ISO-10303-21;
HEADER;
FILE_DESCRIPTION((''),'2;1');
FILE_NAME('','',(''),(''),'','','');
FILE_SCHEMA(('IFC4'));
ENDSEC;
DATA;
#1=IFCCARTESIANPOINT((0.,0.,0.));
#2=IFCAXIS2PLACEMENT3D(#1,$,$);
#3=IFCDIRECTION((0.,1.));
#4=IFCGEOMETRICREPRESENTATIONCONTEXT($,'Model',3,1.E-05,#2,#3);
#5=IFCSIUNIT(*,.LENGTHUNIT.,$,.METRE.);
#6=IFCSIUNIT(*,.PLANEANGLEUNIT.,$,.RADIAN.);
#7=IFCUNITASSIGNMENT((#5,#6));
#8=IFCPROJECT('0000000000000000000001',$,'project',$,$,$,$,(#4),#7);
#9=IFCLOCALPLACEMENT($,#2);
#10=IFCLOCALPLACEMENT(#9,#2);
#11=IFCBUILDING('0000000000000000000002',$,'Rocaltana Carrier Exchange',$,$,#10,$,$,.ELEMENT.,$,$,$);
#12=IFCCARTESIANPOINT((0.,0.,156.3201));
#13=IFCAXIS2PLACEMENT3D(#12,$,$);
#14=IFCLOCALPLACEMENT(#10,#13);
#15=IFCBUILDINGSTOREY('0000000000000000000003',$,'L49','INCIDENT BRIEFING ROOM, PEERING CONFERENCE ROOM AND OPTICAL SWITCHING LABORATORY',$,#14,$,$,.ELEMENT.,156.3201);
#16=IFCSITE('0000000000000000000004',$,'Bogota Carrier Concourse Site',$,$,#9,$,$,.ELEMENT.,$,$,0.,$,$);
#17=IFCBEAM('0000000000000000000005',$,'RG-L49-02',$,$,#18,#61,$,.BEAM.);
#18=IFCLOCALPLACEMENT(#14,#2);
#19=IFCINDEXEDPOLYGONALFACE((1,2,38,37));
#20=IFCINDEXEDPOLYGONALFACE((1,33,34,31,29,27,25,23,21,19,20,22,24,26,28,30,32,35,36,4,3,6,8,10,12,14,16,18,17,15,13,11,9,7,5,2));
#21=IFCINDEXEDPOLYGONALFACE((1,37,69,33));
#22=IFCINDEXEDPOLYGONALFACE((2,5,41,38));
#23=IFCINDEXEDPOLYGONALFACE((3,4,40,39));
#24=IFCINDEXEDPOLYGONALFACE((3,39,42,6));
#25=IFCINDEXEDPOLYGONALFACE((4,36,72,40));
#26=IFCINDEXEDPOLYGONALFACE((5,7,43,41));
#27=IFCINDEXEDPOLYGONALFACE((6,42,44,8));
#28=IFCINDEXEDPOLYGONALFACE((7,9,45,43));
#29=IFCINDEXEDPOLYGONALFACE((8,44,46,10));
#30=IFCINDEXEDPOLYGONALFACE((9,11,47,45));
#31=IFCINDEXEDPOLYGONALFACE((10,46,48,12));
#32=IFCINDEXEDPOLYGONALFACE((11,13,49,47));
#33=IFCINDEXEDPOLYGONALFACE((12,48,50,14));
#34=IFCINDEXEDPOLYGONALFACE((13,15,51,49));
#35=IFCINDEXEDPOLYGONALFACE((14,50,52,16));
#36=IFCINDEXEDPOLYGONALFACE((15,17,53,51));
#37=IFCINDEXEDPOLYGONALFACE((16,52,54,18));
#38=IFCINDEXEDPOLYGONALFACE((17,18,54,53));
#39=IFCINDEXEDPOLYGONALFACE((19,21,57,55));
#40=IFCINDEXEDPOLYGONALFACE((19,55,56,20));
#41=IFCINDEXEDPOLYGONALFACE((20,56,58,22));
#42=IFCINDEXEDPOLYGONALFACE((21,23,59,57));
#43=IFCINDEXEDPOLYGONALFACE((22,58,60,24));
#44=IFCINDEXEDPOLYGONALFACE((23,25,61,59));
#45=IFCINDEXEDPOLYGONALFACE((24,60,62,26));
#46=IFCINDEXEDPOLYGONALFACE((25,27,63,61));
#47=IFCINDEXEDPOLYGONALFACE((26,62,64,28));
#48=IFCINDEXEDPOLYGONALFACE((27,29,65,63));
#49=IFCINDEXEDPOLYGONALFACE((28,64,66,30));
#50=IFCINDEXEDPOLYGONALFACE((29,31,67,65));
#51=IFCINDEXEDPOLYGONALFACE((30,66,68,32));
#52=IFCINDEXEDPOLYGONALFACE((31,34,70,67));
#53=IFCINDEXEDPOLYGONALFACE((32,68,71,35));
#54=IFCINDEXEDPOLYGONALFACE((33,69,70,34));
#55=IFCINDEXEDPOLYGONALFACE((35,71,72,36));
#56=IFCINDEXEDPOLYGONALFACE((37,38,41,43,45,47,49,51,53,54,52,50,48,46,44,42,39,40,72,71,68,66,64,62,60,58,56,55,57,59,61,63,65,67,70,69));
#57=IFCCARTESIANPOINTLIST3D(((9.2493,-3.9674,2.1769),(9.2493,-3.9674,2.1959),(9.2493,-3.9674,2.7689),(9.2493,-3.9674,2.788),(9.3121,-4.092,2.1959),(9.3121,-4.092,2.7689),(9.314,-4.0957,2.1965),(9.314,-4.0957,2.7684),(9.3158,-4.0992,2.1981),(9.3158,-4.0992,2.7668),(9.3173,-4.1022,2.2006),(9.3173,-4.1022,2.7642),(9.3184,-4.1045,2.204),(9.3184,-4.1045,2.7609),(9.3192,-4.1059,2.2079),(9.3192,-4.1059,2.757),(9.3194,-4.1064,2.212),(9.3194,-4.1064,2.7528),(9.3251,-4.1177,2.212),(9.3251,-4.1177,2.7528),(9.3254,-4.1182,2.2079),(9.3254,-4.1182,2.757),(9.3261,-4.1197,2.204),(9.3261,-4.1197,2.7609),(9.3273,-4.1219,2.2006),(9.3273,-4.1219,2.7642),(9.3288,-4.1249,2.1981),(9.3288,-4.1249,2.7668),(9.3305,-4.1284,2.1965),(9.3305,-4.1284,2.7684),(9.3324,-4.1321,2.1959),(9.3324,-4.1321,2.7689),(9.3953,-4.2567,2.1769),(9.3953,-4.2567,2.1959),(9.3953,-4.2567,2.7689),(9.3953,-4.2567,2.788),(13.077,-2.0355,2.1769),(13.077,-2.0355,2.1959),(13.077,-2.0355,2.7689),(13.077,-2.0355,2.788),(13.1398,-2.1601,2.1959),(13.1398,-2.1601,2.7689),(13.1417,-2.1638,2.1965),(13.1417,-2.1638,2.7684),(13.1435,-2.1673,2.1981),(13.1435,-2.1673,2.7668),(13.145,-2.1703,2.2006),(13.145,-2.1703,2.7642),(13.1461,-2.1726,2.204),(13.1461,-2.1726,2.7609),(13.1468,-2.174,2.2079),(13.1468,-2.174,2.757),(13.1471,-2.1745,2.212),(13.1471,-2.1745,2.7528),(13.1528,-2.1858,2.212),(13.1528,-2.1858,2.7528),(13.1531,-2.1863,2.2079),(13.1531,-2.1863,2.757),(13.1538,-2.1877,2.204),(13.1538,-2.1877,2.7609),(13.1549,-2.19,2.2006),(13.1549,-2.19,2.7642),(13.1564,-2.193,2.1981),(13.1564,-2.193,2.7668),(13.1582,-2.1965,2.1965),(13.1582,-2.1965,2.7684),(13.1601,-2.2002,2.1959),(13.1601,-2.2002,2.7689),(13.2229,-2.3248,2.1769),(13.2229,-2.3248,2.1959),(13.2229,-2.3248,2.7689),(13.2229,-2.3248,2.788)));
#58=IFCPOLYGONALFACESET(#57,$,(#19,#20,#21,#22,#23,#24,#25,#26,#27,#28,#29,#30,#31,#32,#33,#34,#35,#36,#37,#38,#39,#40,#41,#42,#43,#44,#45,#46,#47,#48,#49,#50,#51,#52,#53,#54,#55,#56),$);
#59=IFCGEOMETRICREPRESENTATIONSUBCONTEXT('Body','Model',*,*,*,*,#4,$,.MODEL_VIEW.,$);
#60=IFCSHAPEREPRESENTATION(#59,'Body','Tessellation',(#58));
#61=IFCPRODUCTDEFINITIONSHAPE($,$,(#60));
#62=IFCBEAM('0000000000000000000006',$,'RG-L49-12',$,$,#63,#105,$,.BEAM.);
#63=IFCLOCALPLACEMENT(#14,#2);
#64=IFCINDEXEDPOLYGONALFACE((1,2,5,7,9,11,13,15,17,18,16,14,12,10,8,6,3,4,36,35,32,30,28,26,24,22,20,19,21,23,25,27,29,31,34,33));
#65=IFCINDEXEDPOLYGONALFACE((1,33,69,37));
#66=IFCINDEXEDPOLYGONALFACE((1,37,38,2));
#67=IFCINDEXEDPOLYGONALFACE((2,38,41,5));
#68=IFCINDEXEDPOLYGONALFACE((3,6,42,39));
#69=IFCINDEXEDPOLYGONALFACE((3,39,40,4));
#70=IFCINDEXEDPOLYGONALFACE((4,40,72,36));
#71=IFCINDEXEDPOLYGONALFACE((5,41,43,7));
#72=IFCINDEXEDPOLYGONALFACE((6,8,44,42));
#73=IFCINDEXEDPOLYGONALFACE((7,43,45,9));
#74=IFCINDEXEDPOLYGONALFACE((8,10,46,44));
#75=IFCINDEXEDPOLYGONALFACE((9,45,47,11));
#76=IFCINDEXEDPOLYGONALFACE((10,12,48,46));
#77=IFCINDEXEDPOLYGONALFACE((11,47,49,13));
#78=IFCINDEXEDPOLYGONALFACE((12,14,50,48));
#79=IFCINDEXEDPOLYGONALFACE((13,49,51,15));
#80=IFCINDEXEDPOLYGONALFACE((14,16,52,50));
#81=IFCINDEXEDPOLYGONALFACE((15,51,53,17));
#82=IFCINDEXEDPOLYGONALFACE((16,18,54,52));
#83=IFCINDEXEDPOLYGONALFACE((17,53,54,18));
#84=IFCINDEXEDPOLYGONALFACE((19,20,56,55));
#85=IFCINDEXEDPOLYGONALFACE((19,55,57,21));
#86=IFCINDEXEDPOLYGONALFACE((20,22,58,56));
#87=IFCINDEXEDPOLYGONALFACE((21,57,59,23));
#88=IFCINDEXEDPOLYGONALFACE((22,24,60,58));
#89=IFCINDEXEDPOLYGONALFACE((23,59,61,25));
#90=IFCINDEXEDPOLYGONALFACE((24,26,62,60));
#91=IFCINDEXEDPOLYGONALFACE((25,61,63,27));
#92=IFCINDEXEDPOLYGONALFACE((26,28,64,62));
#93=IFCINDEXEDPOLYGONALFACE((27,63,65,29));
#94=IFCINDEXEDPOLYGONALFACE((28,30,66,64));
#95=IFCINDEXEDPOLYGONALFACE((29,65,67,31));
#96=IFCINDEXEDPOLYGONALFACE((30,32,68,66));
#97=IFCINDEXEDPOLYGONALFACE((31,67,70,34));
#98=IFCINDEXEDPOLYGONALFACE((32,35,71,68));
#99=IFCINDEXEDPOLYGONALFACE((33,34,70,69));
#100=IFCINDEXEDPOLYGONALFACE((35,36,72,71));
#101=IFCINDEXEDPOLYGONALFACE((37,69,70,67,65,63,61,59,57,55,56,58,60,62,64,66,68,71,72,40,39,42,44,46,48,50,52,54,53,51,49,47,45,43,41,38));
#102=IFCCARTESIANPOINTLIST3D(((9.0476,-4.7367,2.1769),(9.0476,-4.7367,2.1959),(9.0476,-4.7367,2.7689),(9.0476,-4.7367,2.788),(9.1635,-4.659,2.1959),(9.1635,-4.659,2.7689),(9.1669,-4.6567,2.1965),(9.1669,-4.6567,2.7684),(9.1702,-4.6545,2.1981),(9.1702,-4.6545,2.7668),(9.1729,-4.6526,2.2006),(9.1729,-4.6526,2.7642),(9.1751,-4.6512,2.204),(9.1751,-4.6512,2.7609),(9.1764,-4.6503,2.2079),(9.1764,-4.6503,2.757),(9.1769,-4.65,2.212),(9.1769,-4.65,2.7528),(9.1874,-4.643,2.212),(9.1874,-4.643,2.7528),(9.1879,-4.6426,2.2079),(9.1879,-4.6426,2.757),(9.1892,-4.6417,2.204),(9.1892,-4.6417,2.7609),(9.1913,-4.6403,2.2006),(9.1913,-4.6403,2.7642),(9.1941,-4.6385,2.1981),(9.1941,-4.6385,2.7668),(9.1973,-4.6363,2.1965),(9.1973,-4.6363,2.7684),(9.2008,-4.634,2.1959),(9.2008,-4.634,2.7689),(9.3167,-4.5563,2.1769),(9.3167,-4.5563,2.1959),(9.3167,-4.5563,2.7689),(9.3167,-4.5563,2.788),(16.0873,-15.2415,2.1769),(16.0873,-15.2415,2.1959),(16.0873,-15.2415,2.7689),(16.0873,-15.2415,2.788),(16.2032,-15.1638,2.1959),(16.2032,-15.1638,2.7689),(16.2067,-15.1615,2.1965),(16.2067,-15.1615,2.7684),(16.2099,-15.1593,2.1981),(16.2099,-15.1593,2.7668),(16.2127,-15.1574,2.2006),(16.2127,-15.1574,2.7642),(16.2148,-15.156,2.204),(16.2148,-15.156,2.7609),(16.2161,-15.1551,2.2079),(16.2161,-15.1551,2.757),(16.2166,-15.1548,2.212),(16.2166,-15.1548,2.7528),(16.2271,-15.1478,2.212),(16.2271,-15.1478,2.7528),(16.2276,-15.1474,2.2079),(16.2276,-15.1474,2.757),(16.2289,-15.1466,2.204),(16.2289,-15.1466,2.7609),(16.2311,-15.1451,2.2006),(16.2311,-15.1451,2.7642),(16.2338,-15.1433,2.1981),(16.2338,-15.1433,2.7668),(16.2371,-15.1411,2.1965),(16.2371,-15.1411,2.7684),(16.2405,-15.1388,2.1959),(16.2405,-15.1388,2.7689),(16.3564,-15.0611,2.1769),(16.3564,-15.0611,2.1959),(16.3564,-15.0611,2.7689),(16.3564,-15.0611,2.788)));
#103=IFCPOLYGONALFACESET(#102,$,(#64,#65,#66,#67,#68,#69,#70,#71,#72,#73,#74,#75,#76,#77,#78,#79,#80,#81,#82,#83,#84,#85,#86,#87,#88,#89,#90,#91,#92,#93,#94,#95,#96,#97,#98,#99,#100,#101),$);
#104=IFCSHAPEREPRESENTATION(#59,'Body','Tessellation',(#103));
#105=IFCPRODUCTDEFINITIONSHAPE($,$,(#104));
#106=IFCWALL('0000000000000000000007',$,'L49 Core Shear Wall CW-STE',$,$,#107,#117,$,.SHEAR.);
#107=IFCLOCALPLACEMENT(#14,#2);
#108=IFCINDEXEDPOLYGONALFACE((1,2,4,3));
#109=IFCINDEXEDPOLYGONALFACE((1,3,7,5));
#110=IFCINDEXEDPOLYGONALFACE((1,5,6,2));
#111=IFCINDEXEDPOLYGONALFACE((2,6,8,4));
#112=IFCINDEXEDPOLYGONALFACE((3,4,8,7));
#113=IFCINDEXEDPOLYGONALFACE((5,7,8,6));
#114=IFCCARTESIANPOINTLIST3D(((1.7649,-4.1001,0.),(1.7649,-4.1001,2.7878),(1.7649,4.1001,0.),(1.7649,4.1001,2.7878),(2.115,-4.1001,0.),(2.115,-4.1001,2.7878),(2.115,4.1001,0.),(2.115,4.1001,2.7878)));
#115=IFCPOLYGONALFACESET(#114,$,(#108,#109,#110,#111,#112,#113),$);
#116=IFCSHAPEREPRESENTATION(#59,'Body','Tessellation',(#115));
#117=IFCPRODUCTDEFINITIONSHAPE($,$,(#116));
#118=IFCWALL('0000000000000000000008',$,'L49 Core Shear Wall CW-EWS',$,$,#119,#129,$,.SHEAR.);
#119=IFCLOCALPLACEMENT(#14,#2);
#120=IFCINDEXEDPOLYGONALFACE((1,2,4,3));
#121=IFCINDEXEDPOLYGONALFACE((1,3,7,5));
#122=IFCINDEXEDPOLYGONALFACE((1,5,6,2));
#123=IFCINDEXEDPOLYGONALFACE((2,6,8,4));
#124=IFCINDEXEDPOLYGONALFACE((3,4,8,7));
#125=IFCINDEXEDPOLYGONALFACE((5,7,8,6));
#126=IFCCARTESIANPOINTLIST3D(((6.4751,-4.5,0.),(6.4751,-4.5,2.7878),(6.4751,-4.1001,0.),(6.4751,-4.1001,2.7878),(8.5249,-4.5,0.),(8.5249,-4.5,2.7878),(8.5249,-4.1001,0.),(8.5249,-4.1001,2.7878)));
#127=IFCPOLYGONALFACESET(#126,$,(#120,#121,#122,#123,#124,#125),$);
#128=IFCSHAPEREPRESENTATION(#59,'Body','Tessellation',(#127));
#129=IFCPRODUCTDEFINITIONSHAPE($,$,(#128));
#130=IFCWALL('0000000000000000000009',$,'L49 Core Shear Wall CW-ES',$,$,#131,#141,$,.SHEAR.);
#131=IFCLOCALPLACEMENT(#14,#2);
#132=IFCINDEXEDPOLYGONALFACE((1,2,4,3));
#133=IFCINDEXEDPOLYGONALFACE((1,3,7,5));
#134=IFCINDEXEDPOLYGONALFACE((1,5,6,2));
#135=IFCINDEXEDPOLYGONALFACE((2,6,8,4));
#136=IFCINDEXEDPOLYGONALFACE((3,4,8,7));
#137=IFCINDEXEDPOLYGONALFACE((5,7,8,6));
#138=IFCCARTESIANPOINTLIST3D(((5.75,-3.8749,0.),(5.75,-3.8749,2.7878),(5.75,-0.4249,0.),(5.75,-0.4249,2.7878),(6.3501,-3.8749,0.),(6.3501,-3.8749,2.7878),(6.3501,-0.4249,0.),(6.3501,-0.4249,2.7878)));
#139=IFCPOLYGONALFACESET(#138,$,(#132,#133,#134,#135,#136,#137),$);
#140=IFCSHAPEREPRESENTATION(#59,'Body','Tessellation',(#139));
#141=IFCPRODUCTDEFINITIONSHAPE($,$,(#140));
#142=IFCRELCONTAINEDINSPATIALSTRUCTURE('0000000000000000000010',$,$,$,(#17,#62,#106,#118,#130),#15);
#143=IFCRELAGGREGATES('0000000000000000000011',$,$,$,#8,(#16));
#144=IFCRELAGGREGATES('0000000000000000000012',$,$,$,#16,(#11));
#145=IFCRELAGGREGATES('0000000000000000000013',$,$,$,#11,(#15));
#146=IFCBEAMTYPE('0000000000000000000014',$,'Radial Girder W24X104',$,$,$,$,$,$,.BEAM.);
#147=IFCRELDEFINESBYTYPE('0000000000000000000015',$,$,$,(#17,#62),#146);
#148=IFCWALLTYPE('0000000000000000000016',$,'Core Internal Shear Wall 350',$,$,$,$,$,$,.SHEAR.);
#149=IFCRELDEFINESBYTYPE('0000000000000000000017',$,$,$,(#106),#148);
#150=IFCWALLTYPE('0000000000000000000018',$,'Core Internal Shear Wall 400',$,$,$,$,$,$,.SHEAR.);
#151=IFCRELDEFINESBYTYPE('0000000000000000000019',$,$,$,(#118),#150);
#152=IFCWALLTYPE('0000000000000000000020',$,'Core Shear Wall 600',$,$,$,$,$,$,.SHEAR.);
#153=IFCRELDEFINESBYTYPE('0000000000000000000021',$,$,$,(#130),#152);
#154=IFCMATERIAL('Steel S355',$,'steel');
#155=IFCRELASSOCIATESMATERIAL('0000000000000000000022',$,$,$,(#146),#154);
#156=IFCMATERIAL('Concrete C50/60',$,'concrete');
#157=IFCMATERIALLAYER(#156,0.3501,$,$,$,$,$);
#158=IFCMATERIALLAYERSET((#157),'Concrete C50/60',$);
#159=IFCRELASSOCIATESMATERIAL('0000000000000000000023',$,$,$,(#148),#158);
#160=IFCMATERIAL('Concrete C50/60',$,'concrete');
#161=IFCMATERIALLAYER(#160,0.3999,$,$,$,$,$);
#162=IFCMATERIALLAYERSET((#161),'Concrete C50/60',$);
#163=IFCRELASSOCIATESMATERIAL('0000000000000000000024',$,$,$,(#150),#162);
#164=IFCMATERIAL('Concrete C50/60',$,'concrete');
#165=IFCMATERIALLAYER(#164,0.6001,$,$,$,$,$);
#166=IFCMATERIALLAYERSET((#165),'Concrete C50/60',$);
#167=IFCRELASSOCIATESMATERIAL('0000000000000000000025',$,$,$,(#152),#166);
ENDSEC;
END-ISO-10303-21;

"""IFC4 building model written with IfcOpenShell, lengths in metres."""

from ifc_helpers import new_model, si_unit, direction, frame, frame_2d, origin, origin_2d, place, context, subcontext, project, spatial, rectangle, i_section, extrude, material, layer, layer_set, material_profile, profile_set, type_object, element, save


model = new_model("IFC4")

# Units and contexts
model_context = context("Model", 3, precision=1e-05, world=origin(), true_north=direction((0.0, 1.0)))
body_context = subcontext(model_context, "Body", "Model", "MODEL_VIEW")
ifc_project = project(units=[si_unit("LENGTHUNIT", "METRE"), si_unit("PLANEANGLEUNIT", "RADIAN")], contexts=[model_context])

# Site, building, storey
site_placement = place(None, origin())
site = spatial("IfcSite", under=ifc_project, at=site_placement, Name="Bogota Carrier Concourse Site", CompositionType="ELEMENT", RefElevation=0.0)
building_placement = place(site_placement, origin())
building = spatial("IfcBuilding", under=site, at=building_placement, Name="Rocaltana Carrier Exchange", CompositionType="ELEMENT")
storey_placement = place(building_placement, frame((0.0, 0.0, 156.3201)))
storey = spatial("IfcBuildingStorey", under=building, at=storey_placement, Name="L49", Description="INCIDENT BRIEFING ROOM, PEERING CONFERENCE ROOM AND OPTICAL SWITCHING LABORATORY", CompositionType="ELEMENT", Elevation=156.3201)

# Beams
ifc_material_1 = material(Name="Steel S355", Category="steel")
ifc_material_profile_1 = material_profile(ifc_material_1, i_section(OverallWidth=0.324, OverallDepth=0.6111, WebThickness=0.0127, FlangeThickness=0.019, FilletRadius=0.0161, at=origin_2d()), Name="W24X104")
ifc_profile_set_1 = profile_set([ifc_material_profile_1], Name="Steel S355")
beam_type = type_object("IfcBeamType", Name="Radial Girder W24X104", PredefinedType="BEAM", material=ifc_profile_set_1)
beam_1_placement = place(storey_placement, frame((9.3223, -4.1121, 2.4824), z_axis=(0.892735, 0.450581, 0.0), x_axis=(-0.450581, 0.892735, 0.0)))
element("IfcBeam", 1, at=beam_1_placement, inside=storey, type_object=beam_type, Name="RG-L49-02", PredefinedType="BEAM", context=body_context, shape_type="SweptSolid", body=[
    extrude(i_section(OverallWidth=0.324, OverallDepth=0.6111, WebThickness=0.0127, FlangeThickness=0.019, FilletRadius=0.0161, at=origin_2d()), origin(), (0.0, 0.0, 1.0), 4.2876),
])
beam_2_placement = place(storey_placement, frame((9.1821, -4.6465, 2.4824), z_axis=(0.556699, -0.830714, 0.0), x_axis=(0.830714, 0.556699, 0.0)))
element("IfcBeam", 2, at=beam_2_placement, inside=storey, type_object=beam_type, Name="RG-L49-12", PredefinedType="BEAM", context=body_context, shape_type="SweptSolid", body=[
    extrude(i_section(OverallWidth=0.324, OverallDepth=0.6111, WebThickness=0.0127, FlangeThickness=0.019, FilletRadius=0.0161, at=origin_2d()), origin(), (0.0, 0.0, 1.0), 12.6455),
])

# Walls
ifc_material_2 = material(Name="Concrete C50/60", Category="concrete")
ifc_layer_1 = layer(ifc_material_2, 0.3501)
ifc_layer_set_1 = layer_set([ifc_layer_1], Name="Concrete C50/60")
wall_type_1 = type_object("IfcWallType", Name="Core Internal Shear Wall 350", PredefinedType="SHEAR", material=ifc_layer_set_1)
wall_1_placement = place(storey_placement, frame((1.9399, -4.1001, 0.0), z_axis=(0.0, 0.0, 1.0), x_axis=(0.0, 1.0, 0.0)))
element("IfcWall", 3, at=wall_1_placement, inside=storey, type_object=wall_type_1, Name="L49 Core Shear Wall CW-STE", PredefinedType="SHEAR", context=body_context, shape_type="SweptSolid", body=[
    extrude(rectangle(XDim=8.2002, YDim=0.3501, at=frame_2d((4.1001, 0.0))), origin(), (0.0, 0.0, 1.0), 2.7878),
])
ifc_material_3 = material(Name="Concrete C50/60", Category="concrete")
ifc_layer_2 = layer(ifc_material_3, 0.3999)
ifc_layer_set_2 = layer_set([ifc_layer_2], Name="Concrete C50/60")
wall_type_2 = type_object("IfcWallType", Name="Core Internal Shear Wall 400", PredefinedType="SHEAR", material=ifc_layer_set_2)
wall_2_placement = place(storey_placement, frame((6.4751, -4.3, 0.0), z_axis=(0.0, 0.0, 1.0), x_axis=(1.0, 0.0, 0.0)))
element("IfcWall", 4, at=wall_2_placement, inside=storey, type_object=wall_type_2, Name="L49 Core Shear Wall CW-EWS", PredefinedType="SHEAR", context=body_context, shape_type="SweptSolid", body=[
    extrude(rectangle(XDim=2.0498, YDim=0.3999, at=frame_2d((1.0249, 0.0))), origin(), (0.0, 0.0, 1.0), 2.7878),
])
ifc_material_4 = material(Name="Concrete C50/60", Category="concrete")
ifc_layer_3 = layer(ifc_material_4, 0.6001)
ifc_layer_set_3 = layer_set([ifc_layer_3], Name="Concrete C50/60")
wall_type_3 = type_object("IfcWallType", Name="Core Shear Wall 600", PredefinedType="SHEAR", material=ifc_layer_set_3)
wall_3_placement = place(storey_placement, frame((6.05, -3.875, 0.0), z_axis=(0.0, 0.0, 1.0), x_axis=(0.0, 1.0, 0.0)))
element("IfcWall", 5, at=wall_3_placement, inside=storey, type_object=wall_type_3, Name="L49 Core Shear Wall CW-ES", PredefinedType="SHEAR", context=body_context, shape_type="SweptSolid", body=[
    extrude(rectangle(XDim=3.45, YDim=0.6001, at=frame_2d((1.7251, 0.0))), origin(), (0.0, 0.0, 1.0), 2.7878),
])

save(model, "model.ifc")
